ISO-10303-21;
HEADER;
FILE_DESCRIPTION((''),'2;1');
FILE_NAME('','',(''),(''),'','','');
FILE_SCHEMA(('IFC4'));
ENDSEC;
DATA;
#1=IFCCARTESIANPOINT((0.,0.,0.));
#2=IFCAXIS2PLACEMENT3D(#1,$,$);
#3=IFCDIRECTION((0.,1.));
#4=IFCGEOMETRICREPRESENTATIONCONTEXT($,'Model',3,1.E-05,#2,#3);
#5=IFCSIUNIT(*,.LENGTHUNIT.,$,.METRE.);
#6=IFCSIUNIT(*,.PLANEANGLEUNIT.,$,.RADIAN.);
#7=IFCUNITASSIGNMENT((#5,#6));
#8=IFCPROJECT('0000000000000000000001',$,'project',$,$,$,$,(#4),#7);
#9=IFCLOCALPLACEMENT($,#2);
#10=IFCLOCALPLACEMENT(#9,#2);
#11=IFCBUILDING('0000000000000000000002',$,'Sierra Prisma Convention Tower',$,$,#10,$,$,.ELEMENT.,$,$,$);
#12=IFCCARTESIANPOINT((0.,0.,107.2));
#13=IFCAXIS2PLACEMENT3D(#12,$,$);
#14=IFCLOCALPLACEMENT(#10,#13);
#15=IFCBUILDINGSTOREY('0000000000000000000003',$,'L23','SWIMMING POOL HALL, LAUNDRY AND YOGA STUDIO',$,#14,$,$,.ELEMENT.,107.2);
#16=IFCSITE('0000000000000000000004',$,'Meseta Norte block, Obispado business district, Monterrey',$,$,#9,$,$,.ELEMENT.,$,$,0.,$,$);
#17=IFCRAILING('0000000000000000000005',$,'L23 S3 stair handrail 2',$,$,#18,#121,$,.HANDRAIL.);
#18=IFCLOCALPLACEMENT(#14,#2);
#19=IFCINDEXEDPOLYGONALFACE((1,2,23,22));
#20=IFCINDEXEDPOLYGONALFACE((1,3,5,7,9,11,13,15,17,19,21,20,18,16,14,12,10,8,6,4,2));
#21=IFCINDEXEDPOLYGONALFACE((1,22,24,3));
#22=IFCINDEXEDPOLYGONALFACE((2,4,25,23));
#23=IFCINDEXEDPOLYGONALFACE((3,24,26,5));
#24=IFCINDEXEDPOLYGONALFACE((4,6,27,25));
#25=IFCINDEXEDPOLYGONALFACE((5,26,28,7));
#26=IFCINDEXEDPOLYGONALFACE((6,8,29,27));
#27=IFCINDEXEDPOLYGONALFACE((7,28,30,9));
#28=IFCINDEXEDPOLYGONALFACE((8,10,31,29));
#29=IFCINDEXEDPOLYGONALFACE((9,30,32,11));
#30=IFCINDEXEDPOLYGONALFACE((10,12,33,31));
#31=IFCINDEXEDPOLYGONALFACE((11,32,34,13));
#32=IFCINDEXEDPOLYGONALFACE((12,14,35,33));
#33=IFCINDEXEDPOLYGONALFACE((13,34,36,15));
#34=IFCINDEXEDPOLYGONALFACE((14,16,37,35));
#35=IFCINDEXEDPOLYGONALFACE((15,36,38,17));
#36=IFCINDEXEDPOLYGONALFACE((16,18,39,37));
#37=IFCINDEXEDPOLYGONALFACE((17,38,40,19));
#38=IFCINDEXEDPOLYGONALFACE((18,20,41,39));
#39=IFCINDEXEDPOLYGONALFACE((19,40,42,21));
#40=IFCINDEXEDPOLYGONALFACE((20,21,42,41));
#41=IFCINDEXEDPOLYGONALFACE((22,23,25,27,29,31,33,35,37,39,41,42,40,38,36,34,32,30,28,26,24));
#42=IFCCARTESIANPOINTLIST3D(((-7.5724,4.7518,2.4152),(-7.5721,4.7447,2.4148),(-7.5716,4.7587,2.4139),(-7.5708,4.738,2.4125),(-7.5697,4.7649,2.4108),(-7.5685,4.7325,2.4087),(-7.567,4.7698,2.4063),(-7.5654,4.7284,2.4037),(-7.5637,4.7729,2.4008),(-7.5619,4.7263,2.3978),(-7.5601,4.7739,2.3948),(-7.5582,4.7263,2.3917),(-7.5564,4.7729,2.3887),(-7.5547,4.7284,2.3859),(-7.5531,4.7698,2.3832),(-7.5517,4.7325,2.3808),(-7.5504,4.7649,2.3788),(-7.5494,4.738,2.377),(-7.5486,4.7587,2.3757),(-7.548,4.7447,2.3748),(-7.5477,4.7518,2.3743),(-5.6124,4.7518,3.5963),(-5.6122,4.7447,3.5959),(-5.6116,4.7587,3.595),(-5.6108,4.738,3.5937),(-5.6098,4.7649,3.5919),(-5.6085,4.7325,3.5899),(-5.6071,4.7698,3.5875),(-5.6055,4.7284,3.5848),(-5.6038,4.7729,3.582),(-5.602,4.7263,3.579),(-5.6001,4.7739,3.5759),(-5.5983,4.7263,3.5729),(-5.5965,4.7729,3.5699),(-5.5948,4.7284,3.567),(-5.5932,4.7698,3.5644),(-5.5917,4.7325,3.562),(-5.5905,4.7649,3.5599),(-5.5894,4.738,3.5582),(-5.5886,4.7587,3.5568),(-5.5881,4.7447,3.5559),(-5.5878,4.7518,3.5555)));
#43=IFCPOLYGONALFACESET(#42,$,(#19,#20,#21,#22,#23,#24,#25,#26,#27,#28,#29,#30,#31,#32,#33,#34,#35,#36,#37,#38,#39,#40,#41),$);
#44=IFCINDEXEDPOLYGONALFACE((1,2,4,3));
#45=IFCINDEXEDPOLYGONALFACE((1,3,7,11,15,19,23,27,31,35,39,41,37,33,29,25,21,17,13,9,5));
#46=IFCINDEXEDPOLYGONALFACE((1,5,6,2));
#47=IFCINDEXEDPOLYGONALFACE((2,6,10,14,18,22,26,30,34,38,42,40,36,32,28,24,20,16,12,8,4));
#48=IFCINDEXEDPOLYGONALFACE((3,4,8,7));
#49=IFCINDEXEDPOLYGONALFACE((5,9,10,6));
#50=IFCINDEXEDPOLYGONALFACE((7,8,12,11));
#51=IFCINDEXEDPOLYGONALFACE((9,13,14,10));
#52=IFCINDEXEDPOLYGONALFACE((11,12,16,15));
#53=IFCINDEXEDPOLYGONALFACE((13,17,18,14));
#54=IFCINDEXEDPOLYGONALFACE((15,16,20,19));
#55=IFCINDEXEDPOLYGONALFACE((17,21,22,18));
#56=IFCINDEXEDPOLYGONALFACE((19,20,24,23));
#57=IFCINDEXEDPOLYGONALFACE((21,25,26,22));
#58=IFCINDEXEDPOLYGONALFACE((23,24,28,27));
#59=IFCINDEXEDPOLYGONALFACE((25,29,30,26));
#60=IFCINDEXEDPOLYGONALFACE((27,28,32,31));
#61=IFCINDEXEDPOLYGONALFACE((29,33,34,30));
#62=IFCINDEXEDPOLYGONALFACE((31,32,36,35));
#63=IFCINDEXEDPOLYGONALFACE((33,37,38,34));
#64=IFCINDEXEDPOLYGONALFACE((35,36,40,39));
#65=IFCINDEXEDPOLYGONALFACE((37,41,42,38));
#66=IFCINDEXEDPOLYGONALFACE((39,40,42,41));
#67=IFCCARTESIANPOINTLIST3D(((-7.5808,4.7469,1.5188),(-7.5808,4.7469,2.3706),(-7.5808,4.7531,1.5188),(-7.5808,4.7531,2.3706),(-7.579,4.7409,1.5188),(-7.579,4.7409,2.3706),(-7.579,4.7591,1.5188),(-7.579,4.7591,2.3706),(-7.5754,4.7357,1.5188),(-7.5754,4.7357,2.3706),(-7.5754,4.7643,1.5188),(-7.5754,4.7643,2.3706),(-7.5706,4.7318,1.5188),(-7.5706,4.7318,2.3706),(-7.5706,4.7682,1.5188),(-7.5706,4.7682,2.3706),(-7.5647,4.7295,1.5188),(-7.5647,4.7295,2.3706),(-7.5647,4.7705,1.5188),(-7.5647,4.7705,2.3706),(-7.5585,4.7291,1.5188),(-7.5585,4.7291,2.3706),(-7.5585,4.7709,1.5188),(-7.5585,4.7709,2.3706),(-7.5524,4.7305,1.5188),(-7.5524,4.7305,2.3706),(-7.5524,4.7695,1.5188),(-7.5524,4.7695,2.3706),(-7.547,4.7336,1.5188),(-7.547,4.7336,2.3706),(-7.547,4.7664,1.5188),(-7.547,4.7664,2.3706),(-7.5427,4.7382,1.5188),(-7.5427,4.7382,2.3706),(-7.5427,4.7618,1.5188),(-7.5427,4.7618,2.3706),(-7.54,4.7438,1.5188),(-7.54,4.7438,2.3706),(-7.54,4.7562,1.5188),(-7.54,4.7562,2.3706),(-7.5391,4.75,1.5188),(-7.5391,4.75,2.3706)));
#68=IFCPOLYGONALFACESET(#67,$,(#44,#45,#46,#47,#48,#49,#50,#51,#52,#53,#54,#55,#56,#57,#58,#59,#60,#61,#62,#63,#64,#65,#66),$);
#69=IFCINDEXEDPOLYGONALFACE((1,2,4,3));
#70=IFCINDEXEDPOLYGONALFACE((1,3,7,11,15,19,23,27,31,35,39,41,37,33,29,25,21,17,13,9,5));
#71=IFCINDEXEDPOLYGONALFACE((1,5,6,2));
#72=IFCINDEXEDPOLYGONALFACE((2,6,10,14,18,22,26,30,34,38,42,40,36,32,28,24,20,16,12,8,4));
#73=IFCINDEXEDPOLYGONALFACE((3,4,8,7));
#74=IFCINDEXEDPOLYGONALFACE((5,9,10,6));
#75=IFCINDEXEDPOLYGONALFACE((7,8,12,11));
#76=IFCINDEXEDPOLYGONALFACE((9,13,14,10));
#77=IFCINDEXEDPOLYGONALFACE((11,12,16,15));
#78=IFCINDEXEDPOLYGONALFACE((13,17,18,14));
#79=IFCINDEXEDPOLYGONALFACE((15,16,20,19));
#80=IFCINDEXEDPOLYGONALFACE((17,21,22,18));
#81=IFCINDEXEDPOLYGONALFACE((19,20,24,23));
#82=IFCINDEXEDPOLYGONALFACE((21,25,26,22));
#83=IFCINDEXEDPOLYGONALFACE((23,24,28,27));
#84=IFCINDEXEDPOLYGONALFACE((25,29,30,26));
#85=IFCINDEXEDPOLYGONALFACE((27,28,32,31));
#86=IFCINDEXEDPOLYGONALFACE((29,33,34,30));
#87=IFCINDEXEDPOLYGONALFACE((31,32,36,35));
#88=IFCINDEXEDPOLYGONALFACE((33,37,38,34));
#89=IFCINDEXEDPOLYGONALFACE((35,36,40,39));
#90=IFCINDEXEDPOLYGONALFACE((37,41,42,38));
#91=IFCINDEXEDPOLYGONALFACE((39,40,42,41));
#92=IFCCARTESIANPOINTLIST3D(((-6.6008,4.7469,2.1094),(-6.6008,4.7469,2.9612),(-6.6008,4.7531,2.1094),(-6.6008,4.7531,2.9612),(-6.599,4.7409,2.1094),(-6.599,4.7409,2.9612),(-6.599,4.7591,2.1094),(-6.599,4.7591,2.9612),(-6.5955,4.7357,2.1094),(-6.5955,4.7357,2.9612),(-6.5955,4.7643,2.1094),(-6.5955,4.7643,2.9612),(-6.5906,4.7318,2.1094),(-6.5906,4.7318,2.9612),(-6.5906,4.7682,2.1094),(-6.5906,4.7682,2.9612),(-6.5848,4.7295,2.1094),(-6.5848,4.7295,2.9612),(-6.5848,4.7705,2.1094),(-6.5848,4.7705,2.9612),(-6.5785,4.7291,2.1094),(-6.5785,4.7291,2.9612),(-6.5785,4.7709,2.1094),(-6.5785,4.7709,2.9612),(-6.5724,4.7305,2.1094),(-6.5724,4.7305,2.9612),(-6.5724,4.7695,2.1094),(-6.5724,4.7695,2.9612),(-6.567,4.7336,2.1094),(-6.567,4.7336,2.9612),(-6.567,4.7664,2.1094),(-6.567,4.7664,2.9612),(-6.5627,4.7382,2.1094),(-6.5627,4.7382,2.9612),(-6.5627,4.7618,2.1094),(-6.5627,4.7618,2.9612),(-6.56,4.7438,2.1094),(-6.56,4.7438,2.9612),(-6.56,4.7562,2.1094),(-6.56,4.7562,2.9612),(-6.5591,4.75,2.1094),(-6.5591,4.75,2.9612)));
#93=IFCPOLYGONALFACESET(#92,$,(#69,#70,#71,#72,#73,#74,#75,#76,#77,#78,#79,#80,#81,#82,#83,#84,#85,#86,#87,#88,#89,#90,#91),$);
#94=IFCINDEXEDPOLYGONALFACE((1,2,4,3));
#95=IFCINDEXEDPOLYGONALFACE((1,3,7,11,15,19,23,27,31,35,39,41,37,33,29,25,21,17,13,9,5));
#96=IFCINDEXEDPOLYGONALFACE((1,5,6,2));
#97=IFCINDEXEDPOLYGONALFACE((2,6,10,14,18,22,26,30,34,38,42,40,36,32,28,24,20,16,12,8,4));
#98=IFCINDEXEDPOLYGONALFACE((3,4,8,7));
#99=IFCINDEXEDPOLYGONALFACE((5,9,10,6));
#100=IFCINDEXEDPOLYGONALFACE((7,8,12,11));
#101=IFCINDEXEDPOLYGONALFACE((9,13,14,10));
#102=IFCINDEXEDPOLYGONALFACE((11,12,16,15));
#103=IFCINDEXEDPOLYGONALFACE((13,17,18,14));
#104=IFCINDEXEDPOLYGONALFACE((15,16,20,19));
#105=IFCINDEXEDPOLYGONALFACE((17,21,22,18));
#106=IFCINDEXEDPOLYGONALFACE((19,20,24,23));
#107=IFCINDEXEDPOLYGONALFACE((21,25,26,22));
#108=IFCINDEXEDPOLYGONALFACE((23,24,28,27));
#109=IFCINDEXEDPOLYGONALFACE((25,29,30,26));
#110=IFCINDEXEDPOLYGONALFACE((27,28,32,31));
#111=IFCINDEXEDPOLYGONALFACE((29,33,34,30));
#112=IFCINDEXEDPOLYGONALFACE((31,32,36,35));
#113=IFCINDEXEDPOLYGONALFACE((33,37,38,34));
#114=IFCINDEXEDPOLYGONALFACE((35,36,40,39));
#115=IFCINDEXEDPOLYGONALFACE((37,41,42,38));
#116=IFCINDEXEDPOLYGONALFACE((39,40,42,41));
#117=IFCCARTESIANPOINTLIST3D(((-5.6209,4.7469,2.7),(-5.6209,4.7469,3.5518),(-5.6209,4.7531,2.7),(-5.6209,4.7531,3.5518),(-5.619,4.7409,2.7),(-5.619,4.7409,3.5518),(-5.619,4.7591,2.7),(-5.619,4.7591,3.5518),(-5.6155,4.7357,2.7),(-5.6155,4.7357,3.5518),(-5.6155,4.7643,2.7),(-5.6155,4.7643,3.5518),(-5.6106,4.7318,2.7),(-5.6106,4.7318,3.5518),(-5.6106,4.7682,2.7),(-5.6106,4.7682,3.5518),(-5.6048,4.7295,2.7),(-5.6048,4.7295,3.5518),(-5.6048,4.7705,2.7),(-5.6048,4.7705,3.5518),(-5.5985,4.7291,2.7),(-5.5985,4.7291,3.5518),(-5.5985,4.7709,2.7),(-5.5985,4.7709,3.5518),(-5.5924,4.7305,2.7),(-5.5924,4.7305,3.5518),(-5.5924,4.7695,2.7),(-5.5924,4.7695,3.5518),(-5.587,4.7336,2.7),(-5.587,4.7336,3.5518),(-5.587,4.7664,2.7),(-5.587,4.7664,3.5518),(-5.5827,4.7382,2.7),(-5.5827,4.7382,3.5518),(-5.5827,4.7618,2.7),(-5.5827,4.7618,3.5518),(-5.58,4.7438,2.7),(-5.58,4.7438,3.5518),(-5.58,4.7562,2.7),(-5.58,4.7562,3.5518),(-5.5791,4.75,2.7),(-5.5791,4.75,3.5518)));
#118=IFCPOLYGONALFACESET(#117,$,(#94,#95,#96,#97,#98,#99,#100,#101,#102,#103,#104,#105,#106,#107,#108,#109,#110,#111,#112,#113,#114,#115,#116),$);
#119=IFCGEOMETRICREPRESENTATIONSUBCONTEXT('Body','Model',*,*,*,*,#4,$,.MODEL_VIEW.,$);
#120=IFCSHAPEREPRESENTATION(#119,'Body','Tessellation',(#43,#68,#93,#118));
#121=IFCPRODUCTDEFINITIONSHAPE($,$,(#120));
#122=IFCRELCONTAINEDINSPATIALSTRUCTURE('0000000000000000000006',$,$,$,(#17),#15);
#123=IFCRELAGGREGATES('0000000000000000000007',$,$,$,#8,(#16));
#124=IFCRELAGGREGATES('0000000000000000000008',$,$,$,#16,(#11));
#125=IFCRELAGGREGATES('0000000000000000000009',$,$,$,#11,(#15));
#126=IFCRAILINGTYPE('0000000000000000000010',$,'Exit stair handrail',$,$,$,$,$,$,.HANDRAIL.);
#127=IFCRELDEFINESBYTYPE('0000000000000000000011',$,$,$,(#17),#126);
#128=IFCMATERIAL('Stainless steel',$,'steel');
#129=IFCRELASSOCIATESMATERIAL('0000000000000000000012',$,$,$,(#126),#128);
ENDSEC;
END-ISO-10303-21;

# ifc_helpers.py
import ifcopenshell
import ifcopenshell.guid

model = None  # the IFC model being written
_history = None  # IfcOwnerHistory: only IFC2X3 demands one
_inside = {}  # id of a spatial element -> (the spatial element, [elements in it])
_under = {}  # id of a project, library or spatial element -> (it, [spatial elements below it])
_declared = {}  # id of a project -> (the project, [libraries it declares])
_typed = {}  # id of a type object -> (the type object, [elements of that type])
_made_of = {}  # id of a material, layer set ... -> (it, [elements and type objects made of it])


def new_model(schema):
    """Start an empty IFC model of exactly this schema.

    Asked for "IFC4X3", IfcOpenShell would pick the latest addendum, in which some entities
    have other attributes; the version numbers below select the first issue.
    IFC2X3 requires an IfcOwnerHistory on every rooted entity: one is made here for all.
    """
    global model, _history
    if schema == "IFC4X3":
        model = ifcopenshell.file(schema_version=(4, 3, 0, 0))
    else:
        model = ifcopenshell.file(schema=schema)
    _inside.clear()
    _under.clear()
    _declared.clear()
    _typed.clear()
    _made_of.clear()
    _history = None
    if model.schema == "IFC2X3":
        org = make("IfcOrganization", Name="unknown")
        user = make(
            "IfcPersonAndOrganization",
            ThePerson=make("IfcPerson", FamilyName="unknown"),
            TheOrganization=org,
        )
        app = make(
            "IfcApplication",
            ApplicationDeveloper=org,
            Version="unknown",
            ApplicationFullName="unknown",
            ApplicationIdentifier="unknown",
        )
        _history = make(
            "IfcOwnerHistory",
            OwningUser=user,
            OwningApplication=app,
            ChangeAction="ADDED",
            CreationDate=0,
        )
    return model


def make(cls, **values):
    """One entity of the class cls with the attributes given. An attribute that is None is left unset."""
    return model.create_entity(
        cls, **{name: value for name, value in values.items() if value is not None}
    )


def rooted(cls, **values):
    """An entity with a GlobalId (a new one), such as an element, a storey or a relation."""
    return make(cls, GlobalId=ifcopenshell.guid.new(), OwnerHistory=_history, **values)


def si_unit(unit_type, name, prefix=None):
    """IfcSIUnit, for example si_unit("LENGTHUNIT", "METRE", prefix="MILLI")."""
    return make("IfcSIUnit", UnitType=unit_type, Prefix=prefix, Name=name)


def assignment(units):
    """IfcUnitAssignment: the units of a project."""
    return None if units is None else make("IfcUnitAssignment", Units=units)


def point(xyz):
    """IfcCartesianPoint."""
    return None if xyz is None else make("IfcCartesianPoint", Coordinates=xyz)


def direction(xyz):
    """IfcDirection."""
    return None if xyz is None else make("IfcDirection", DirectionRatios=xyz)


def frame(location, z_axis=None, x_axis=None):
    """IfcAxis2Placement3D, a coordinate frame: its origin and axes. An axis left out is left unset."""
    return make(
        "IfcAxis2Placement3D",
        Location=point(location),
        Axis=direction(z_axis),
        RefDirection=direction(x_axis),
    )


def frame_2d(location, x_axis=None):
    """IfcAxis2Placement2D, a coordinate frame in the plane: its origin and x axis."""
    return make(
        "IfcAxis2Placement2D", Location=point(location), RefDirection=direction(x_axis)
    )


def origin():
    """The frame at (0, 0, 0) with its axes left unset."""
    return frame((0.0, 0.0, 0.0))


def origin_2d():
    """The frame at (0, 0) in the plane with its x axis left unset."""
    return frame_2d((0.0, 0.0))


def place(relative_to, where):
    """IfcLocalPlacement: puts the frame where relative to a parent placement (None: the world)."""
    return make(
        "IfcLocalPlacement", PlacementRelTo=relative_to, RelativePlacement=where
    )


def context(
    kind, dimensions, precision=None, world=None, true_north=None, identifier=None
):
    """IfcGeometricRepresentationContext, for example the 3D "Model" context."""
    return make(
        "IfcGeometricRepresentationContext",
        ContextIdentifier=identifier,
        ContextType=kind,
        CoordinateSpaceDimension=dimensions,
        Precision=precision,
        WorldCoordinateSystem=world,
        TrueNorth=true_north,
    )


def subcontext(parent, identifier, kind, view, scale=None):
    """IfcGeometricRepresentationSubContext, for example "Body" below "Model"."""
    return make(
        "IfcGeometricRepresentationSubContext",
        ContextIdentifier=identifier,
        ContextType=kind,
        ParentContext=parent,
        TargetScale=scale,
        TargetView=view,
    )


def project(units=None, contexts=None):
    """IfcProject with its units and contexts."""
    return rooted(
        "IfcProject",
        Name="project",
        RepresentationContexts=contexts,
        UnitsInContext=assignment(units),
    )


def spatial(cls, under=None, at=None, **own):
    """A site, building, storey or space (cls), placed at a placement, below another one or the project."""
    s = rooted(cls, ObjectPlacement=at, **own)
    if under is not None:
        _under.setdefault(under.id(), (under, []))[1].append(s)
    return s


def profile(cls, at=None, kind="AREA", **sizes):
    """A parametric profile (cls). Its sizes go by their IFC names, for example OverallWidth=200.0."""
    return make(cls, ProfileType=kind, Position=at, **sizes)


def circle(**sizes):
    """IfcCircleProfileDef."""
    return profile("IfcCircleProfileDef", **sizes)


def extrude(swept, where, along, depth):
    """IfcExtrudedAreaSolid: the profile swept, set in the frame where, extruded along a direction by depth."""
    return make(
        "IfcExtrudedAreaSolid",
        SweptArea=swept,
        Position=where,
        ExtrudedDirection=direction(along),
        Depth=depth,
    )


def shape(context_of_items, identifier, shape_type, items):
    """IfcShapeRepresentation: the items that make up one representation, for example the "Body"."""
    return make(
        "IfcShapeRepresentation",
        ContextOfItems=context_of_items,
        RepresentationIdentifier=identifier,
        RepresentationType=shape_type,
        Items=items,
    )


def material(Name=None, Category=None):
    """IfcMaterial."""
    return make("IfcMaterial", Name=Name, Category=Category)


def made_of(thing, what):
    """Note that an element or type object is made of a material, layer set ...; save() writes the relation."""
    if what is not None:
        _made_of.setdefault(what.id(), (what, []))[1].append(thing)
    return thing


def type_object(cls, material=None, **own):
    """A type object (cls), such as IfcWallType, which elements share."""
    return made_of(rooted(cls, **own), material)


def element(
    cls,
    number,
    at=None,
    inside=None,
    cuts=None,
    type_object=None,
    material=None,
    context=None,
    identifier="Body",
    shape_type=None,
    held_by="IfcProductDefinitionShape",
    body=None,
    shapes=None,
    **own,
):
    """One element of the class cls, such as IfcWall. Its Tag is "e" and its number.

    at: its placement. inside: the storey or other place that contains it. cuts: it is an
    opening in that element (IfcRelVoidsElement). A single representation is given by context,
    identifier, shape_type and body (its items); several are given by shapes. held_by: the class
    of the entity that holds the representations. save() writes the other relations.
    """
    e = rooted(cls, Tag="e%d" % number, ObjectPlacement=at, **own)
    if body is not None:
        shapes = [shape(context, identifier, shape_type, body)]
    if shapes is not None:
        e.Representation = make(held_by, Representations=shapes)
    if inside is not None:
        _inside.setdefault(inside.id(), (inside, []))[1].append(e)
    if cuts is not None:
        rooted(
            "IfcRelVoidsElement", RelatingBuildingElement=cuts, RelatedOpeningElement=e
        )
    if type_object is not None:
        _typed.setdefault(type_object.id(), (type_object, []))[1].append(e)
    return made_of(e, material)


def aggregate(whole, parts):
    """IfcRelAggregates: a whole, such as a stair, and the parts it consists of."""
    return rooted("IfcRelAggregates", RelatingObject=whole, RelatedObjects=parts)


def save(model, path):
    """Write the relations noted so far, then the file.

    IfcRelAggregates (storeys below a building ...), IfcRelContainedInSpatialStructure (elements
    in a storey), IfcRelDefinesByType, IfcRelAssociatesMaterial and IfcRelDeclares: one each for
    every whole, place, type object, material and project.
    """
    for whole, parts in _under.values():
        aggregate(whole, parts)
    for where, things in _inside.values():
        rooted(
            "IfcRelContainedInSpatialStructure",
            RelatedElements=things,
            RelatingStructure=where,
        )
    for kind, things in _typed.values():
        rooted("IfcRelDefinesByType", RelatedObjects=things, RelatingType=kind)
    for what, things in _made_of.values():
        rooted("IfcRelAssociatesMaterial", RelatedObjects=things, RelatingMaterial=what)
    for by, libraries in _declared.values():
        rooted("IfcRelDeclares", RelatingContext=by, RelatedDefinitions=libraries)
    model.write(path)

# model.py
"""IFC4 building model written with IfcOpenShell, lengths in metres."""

from ifc_helpers import new_model, si_unit, direction, frame, origin, origin_2d, place, context, subcontext, project, spatial, circle, extrude, material, type_object, element, save


model = new_model("IFC4")

# Units and contexts
model_context = context("Model", 3, precision=1e-05, world=origin(), true_north=direction((0.0, 1.0)))
body_context = subcontext(model_context, "Body", "Model", "MODEL_VIEW")
ifc_project = project(units=[si_unit("LENGTHUNIT", "METRE"), si_unit("PLANEANGLEUNIT", "RADIAN")], contexts=[model_context])

# Site, building, storey
site_placement = place(None, origin())
site = spatial("IfcSite", under=ifc_project, at=site_placement, Name="Meseta Norte block, Obispado business district, Monterrey", CompositionType="ELEMENT", RefElevation=0.0)
building_placement = place(site_placement, origin())
building = spatial("IfcBuilding", under=site, at=building_placement, Name="Sierra Prisma Convention Tower", CompositionType="ELEMENT")
storey_placement = place(building_placement, frame((0.0, 0.0, 107.2)))
storey = spatial("IfcBuildingStorey", under=building, at=storey_placement, Name="L23", Description="SWIMMING POOL HALL, LAUNDRY AND YOGA STUDIO", CompositionType="ELEMENT", Elevation=107.2)

# Railing
ifc_material_1 = material(Name="Stainless steel", Category="steel")
railing_type_1 = type_object("IfcRailingType", Name="Exit stair handrail", PredefinedType="HANDRAIL", material=ifc_material_1)
railing_1_placement = place(storey_placement, frame((-7.5601, 4.75, 1.5188)))
element("IfcRailing", 1, at=railing_1_placement, inside=storey, type_object=railing_type_1, Name="L23 S3 stair handrail 2", PredefinedType="HANDRAIL", context=body_context, shape_type="SweptSolid", body=[
    extrude(circle(Radius=0.0239, at=origin_2d()), frame((0.0, 0.0, 0.876), z_axis=(0.856493, 0.0, 0.516158), x_axis=(0.0, 1.0, 0.0)), (0.0, 0.0, 1.0), 2.2883),
    extrude(circle(Radius=0.021, at=origin_2d()), origin(), (0.0, 0.0, 1.0), 0.8518),
    extrude(circle(Radius=0.021, at=origin_2d()), frame((0.98, 0.0, 0.5906)), (0.0, 0.0, 1.0), 0.8518),
    extrude(circle(Radius=0.021, at=origin_2d()), frame((1.96, 0.0, 1.1812)), (0.0, 0.0, 1.0), 0.8518),
])

save(model, "model.ifc")
